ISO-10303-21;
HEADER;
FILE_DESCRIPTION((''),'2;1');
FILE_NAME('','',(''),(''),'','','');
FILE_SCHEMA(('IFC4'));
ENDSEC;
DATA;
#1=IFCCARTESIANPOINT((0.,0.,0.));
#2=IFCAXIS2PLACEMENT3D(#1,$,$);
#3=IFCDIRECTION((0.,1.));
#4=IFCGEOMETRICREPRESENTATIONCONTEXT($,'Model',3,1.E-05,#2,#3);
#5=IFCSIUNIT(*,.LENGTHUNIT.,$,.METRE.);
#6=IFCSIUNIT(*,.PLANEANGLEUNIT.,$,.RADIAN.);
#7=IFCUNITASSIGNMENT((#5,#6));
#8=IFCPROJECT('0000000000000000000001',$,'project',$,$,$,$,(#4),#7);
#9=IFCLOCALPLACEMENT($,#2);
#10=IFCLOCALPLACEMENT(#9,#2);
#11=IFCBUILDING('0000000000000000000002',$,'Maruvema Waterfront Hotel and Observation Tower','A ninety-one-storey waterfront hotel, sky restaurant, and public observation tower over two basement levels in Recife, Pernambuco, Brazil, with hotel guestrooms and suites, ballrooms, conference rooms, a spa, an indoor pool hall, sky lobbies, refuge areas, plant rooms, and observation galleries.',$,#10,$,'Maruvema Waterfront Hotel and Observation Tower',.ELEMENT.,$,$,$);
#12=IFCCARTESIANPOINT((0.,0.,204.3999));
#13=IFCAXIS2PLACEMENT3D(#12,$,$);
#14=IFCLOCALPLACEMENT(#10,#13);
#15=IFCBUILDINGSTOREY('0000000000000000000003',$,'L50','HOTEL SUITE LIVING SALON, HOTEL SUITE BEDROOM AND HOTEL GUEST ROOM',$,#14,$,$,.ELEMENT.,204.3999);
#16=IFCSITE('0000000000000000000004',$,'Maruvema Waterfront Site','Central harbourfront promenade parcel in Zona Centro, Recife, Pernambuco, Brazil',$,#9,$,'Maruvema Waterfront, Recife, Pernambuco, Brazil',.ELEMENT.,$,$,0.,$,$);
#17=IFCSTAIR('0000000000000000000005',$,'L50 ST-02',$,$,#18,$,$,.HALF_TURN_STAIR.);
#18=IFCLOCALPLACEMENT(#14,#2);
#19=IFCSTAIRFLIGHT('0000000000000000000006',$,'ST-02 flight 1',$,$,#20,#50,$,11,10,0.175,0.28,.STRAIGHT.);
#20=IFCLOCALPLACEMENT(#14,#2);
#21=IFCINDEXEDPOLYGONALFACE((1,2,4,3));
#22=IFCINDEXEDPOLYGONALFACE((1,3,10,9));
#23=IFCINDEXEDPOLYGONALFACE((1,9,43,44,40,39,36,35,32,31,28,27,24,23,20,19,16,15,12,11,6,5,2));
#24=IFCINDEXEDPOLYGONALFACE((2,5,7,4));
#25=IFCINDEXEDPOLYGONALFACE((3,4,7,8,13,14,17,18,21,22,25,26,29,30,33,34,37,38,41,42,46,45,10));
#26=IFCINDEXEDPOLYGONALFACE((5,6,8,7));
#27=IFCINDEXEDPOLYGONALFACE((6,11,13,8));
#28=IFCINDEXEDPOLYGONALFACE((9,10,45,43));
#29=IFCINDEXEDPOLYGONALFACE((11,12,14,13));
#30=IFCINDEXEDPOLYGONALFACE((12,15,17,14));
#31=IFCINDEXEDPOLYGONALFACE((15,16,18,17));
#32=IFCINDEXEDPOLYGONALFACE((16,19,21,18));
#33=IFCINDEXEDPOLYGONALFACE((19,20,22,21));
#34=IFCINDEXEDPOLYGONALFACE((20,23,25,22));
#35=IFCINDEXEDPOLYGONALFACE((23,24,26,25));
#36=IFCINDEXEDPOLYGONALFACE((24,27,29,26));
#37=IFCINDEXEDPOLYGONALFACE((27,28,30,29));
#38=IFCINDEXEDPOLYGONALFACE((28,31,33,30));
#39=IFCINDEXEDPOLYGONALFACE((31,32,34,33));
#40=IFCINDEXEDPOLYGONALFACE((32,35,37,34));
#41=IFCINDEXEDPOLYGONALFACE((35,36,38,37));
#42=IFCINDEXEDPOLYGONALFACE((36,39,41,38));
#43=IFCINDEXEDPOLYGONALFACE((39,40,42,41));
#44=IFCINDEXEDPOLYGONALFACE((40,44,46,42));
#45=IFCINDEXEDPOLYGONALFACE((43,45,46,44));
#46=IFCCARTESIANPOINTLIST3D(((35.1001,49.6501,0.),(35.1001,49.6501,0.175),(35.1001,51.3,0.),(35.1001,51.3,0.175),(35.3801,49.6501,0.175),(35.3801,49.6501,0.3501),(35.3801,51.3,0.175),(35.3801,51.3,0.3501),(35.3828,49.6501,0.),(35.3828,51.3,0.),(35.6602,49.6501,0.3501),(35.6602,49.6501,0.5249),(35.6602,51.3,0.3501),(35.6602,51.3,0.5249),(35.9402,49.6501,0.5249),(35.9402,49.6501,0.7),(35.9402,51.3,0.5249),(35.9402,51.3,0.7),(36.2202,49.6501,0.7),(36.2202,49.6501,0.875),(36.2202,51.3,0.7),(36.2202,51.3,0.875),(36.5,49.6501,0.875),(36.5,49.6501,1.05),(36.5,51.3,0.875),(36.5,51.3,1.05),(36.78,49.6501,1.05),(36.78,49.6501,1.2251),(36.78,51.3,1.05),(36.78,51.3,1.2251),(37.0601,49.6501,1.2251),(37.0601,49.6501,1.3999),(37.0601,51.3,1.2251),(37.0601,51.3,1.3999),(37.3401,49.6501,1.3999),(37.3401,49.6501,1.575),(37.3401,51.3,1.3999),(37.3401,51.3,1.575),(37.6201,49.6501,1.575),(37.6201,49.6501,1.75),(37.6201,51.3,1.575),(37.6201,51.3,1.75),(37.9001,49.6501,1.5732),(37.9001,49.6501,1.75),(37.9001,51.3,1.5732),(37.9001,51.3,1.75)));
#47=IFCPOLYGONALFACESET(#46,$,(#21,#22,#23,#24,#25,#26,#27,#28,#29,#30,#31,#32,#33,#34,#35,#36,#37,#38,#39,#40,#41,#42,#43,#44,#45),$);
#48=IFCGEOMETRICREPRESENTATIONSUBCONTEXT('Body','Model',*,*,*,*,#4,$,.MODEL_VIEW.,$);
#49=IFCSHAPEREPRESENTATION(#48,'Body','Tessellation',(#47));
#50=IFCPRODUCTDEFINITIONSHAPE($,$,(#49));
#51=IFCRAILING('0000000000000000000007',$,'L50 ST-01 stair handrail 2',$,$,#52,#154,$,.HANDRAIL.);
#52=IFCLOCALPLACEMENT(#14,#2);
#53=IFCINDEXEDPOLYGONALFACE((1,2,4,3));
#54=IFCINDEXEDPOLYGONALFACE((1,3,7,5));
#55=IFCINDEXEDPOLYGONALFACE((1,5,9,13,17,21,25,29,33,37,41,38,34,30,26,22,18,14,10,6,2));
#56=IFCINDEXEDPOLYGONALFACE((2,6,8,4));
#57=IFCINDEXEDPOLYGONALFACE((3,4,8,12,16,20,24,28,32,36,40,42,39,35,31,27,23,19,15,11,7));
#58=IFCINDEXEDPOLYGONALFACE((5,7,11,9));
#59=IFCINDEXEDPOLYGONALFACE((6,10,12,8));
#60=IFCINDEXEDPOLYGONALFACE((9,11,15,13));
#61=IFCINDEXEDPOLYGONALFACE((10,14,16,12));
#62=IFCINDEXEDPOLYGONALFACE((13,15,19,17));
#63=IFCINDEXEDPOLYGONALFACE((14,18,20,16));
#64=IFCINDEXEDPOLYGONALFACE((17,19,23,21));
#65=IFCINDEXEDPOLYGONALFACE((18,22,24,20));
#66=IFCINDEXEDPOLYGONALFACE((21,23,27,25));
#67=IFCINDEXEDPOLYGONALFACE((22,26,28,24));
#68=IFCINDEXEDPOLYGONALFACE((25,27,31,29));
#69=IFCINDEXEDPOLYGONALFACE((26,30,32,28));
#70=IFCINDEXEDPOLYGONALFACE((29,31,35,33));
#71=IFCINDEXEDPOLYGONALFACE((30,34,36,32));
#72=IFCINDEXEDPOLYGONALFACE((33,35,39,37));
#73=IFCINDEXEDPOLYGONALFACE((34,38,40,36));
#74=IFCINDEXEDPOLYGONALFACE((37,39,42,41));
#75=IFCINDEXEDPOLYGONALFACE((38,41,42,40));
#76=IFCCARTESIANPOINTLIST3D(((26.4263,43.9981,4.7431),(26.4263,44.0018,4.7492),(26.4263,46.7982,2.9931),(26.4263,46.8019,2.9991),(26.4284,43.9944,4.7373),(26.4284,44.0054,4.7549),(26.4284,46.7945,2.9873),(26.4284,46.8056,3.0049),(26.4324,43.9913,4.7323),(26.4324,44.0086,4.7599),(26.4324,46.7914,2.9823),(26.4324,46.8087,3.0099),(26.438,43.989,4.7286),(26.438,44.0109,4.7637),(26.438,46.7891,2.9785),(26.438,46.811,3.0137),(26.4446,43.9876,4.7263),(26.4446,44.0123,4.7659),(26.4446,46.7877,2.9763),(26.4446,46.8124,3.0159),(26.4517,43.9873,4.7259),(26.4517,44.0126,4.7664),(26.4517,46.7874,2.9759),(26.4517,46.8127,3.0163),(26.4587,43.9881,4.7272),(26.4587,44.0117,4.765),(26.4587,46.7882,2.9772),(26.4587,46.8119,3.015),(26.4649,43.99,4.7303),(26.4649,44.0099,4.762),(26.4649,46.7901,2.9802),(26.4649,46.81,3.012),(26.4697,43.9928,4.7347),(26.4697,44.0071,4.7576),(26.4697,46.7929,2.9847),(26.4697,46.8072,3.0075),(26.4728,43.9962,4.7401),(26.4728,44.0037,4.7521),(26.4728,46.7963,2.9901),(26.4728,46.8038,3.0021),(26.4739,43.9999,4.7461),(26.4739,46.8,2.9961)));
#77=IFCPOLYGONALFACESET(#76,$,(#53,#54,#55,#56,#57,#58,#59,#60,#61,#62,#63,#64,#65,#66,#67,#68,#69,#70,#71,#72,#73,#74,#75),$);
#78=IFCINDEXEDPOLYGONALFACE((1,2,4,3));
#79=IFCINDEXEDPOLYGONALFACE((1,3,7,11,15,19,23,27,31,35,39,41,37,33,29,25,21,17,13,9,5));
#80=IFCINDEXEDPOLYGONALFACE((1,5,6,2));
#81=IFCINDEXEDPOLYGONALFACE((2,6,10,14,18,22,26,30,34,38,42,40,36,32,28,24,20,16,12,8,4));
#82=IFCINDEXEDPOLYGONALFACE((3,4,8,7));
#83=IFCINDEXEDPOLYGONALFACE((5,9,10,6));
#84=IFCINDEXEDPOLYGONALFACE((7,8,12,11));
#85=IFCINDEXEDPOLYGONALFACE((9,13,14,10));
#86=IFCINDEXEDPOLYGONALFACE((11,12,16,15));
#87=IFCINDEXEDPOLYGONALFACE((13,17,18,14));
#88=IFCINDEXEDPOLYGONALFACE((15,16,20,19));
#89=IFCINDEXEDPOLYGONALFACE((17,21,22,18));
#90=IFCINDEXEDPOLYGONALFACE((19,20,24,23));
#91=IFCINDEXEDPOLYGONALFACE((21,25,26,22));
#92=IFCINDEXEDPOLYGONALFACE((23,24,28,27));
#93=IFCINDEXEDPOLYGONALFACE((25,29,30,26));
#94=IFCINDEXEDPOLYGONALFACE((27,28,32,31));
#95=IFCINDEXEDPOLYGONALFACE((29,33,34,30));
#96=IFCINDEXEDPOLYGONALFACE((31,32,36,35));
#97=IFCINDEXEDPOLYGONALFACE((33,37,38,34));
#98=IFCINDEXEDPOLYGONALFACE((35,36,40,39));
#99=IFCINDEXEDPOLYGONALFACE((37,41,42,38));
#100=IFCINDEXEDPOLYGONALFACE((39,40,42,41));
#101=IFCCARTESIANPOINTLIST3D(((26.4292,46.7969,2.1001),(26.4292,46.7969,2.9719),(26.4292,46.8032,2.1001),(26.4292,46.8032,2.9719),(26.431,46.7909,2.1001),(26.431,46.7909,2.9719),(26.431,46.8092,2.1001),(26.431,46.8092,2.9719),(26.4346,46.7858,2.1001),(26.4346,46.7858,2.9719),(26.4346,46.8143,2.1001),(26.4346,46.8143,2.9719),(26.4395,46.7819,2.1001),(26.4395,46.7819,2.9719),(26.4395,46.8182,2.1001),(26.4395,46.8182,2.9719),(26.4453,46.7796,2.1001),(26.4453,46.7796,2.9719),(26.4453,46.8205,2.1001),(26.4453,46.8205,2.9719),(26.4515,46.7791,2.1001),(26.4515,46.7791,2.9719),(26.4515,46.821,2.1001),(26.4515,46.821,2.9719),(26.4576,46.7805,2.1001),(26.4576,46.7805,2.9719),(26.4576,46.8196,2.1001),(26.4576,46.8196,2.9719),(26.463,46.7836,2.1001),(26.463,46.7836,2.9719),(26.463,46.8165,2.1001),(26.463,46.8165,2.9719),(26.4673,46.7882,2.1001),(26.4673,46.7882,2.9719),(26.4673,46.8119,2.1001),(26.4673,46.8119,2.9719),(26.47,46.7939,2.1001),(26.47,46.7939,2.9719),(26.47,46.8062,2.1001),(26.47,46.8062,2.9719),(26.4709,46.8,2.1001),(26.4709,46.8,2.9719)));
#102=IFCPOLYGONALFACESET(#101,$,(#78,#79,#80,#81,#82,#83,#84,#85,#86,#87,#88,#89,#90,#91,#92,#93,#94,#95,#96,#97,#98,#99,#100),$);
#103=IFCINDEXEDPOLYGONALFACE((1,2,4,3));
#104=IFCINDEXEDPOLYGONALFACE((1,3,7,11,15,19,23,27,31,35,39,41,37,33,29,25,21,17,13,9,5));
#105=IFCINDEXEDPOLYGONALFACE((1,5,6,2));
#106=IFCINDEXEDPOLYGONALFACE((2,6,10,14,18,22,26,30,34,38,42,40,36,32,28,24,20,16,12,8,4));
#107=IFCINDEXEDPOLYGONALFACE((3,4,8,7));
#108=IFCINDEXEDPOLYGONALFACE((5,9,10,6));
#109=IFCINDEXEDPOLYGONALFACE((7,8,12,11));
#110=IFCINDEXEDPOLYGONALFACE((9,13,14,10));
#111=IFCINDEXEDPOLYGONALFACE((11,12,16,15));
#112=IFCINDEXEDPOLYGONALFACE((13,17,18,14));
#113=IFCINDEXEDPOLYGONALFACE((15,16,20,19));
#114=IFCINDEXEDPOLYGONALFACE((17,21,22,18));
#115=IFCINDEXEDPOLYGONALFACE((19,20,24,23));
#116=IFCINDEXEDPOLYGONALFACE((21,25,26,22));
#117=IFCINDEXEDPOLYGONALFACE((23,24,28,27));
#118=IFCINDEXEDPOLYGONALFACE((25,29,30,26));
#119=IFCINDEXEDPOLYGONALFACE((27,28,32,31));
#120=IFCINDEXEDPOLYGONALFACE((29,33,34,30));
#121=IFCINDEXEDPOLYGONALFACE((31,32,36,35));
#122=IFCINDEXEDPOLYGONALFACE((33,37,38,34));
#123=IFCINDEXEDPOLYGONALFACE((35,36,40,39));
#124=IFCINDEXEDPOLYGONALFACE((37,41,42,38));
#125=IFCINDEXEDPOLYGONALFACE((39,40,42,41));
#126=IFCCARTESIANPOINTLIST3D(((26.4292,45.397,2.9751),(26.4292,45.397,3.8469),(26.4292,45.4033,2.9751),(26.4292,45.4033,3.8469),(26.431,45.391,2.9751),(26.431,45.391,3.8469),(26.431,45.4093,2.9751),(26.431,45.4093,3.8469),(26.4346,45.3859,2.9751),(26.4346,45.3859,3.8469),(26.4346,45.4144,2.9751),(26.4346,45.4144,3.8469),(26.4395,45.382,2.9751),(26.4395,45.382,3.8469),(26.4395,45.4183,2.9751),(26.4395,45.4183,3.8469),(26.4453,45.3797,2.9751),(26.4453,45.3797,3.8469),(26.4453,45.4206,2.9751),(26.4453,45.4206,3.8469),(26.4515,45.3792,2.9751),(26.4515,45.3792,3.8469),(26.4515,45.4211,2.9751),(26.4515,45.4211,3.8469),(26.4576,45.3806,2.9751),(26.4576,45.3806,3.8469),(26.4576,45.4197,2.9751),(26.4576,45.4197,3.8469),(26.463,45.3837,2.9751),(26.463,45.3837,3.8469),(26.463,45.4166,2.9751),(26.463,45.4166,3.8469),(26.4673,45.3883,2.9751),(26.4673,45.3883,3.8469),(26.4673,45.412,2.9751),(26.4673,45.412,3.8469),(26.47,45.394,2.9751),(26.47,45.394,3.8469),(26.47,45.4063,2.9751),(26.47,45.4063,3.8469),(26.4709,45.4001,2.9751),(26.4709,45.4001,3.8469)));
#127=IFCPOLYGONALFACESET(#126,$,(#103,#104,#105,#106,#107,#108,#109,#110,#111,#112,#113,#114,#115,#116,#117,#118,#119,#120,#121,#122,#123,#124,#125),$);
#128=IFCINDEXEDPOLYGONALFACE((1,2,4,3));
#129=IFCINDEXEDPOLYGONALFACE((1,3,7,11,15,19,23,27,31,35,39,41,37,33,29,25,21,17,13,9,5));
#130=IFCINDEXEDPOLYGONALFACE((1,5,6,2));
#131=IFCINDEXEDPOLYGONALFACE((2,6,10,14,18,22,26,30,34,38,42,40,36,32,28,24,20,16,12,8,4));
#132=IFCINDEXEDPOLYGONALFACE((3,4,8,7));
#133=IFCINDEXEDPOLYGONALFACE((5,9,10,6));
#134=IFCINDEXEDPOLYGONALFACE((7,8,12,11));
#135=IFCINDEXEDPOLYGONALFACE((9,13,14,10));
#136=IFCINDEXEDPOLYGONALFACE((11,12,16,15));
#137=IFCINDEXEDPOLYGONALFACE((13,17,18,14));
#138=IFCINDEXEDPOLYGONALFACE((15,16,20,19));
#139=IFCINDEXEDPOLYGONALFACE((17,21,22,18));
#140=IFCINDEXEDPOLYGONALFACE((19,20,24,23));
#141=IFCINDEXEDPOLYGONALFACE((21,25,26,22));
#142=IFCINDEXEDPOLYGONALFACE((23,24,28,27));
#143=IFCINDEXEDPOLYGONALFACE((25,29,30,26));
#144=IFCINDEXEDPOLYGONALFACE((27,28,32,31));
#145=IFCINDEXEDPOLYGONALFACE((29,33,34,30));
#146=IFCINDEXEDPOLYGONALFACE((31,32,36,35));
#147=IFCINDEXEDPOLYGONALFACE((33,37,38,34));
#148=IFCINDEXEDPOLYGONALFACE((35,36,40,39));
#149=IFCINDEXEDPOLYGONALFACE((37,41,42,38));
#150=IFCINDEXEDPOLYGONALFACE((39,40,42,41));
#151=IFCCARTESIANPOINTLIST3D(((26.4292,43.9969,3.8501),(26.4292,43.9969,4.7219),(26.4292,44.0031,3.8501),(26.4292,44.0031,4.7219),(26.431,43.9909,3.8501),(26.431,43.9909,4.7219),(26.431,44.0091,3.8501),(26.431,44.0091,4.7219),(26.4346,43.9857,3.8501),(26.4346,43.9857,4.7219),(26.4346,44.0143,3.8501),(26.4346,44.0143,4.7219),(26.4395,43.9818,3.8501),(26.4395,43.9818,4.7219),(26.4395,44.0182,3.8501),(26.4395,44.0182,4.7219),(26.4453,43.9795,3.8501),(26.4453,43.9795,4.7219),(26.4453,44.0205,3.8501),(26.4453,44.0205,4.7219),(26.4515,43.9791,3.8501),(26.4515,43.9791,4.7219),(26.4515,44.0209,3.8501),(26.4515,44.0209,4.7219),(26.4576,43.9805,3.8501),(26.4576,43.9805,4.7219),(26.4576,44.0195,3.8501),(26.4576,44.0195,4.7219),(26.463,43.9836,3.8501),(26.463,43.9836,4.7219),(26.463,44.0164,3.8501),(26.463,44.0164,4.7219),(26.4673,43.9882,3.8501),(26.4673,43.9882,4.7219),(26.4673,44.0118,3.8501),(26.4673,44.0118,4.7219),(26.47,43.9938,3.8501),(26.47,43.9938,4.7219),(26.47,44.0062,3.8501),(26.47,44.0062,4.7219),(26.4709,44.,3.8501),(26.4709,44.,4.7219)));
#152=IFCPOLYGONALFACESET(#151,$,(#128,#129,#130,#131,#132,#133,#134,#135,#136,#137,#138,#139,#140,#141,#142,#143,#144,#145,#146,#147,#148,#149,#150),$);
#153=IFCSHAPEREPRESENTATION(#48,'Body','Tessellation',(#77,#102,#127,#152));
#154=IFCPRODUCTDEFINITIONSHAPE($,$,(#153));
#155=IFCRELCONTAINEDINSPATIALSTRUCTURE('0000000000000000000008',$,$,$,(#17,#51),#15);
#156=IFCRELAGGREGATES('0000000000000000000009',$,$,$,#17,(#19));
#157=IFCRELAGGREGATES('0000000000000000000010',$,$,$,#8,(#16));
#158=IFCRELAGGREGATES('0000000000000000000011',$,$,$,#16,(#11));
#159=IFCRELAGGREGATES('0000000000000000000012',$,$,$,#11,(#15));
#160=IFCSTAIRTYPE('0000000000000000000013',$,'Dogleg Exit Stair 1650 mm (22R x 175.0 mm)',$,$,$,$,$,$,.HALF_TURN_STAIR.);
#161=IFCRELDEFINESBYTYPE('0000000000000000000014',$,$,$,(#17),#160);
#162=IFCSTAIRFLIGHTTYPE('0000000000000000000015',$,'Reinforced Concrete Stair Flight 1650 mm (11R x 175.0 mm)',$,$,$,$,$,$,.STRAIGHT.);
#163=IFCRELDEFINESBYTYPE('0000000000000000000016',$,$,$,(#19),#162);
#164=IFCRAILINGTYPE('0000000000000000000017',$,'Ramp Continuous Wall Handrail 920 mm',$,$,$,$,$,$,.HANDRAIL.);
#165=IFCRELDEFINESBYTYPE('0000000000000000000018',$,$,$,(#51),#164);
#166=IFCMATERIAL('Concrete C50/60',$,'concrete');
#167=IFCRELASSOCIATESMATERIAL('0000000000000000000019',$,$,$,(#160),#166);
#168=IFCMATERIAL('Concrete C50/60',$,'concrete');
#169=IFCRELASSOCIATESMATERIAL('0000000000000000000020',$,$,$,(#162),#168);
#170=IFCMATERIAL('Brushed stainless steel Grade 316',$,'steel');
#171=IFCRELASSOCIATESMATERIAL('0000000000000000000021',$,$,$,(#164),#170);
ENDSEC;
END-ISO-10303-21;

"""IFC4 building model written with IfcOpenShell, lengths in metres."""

from ifc_helpers import new_model, si_unit, direction, frame, origin, origin_2d, place, context, subcontext, project, spatial, polyline, circle, outline, extrude, material, type_object, element, aggregate, save


model = new_model("IFC4")

# Units and contexts
model_context = context("Model", 3, precision=1e-05, world=origin(), true_north=direction((0.0, 1.0)))
body_context = subcontext(model_context, "Body", "Model", "MODEL_VIEW")
ifc_project = project(units=[si_unit("LENGTHUNIT", "METRE"), si_unit("PLANEANGLEUNIT", "RADIAN")], contexts=[model_context])

# Site, building, storey
site_placement = place(None, origin())
site = spatial("IfcSite", under=ifc_project, at=site_placement, Name="Maruvema Waterfront Site", Description="Central harbourfront promenade parcel in Zona Centro, Recife, Pernambuco, Brazil", LongName="Maruvema Waterfront, Recife, Pernambuco, Brazil", CompositionType="ELEMENT", RefElevation=0.0)
building_placement = place(site_placement, origin())
building = spatial("IfcBuilding", under=site, at=building_placement, Name="Maruvema Waterfront Hotel and Observation Tower", Description="A ninety-one-storey waterfront hotel, sky restaurant, and public observation tower over two basement levels in Recife, Pernambuco, Brazil, with hotel guestrooms and suites, ballrooms, conference rooms, a spa, an indoor pool hall, sky lobbies, refuge areas, plant rooms, and observation galleries.", LongName="Maruvema Waterfront Hotel and Observation Tower", CompositionType="ELEMENT")
storey_placement = place(building_placement, frame((0.0, 0.0, 204.3999)))
storey = spatial("IfcBuildingStorey", under=building, at=storey_placement, Name="L50", Description="HOTEL SUITE LIVING SALON, HOTEL SUITE BEDROOM AND HOTEL GUEST ROOM", CompositionType="ELEMENT", Elevation=204.3999)

# Stair, stair flight
ifc_material_1 = material(Name="Concrete C50/60", Category="concrete")
stair_type = type_object("IfcStairType", Name="Dogleg Exit Stair 1650 mm (22R x 175.0 mm)", PredefinedType="HALF_TURN_STAIR", material=ifc_material_1)
ifc_material_2 = material(Name="Concrete C50/60", Category="concrete")
stair_flight_type = type_object("IfcStairFlightType", Name="Reinforced Concrete Stair Flight 1650 mm (11R x 175.0 mm)", PredefinedType="STRAIGHT", material=ifc_material_2)
stair_1_placement = place(storey_placement, origin())
stair_1 = element("IfcStair", 1, at=stair_1_placement, inside=storey, type_object=stair_type, Name="L50 ST-02", PredefinedType="HALF_TURN_STAIR")
stair_flight_1_placement = place(storey_placement, frame((35.1001, 50.4751, 0.0), z_axis=(0.0, 0.0, 1.0), x_axis=(1.0, 0.0, 0.0)))
stair_flight_1 = element("IfcStairFlight", 2, at=stair_flight_1_placement, type_object=stair_flight_type, Name="ST-02 flight 1", NumberOfRisers=11, NumberOfTreads=10, PredefinedType="STRAIGHT", RiserHeight=0.175, TreadLength=0.28, context=body_context, shape_type="SweptSolid", body=[
    extrude(outline(polyline([(0.0, 0.0), (0.0, 0.175), (0.28, 0.175), (0.28, 0.3501), (0.5601, 0.3501), (0.5601, 0.5249), (0.8401, 0.5249), (0.8401, 0.7), (1.1201, 0.7), (1.1201, 0.875), (1.3999, 0.875), (1.3999, 1.05), (1.6799, 1.05), (1.6799, 1.2251), (1.96, 1.2251), (1.96, 1.3999), (2.24, 1.3999), (2.24, 1.575), (2.52, 1.575), (2.52, 1.75), (2.8, 1.75), (2.8, 1.925), (2.8, 1.5732), (0.2827, 0.0), (0.0, 0.0)])), frame((0.0, 0.825, 0.0), z_axis=(0.0, -1.0, 0.0), x_axis=(1.0, 0.0, 0.0)), (0.0, 0.0, 1.0), 1.6499),
])
aggregate(stair_1, [stair_flight_1])

# Railing
ifc_material_3 = material(Name="Brushed stainless steel Grade 316", Category="steel")
railing_type_1 = type_object("IfcRailingType", Name="Ramp Continuous Wall Handrail 920 mm", PredefinedType="HANDRAIL", material=ifc_material_3)
railing_1_placement = place(storey_placement, frame((26.45, 46.8, 2.1001)))
element("IfcRailing", 3, at=railing_1_placement, inside=storey, type_object=railing_type_1, Name="L50 ST-01 stair handrail 2", PredefinedType="HANDRAIL", context=body_context, shape_type="SweptSolid", body=[
    extrude(circle(Radius=0.0239, at=origin_2d()), frame((0.0, 0.0, 0.896), z_axis=(0.0, -0.848002, 0.529992), x_axis=(1.0, 0.0, 0.0)), (0.0, 0.0, 1.0), 3.302),
    extrude(circle(Radius=0.021, at=origin_2d()), origin(), (0.0, 0.0, 1.0), 0.8718),
    extrude(circle(Radius=0.021, at=origin_2d()), frame((0.0, -1.3999, 0.875)), (0.0, 0.0, 1.0), 0.8718),
    extrude(circle(Radius=0.021, at=origin_2d()), frame((0.0, -2.8, 1.75)), (0.0, 0.0, 1.0), 0.8718),
])

save(model, "model.ifc")
